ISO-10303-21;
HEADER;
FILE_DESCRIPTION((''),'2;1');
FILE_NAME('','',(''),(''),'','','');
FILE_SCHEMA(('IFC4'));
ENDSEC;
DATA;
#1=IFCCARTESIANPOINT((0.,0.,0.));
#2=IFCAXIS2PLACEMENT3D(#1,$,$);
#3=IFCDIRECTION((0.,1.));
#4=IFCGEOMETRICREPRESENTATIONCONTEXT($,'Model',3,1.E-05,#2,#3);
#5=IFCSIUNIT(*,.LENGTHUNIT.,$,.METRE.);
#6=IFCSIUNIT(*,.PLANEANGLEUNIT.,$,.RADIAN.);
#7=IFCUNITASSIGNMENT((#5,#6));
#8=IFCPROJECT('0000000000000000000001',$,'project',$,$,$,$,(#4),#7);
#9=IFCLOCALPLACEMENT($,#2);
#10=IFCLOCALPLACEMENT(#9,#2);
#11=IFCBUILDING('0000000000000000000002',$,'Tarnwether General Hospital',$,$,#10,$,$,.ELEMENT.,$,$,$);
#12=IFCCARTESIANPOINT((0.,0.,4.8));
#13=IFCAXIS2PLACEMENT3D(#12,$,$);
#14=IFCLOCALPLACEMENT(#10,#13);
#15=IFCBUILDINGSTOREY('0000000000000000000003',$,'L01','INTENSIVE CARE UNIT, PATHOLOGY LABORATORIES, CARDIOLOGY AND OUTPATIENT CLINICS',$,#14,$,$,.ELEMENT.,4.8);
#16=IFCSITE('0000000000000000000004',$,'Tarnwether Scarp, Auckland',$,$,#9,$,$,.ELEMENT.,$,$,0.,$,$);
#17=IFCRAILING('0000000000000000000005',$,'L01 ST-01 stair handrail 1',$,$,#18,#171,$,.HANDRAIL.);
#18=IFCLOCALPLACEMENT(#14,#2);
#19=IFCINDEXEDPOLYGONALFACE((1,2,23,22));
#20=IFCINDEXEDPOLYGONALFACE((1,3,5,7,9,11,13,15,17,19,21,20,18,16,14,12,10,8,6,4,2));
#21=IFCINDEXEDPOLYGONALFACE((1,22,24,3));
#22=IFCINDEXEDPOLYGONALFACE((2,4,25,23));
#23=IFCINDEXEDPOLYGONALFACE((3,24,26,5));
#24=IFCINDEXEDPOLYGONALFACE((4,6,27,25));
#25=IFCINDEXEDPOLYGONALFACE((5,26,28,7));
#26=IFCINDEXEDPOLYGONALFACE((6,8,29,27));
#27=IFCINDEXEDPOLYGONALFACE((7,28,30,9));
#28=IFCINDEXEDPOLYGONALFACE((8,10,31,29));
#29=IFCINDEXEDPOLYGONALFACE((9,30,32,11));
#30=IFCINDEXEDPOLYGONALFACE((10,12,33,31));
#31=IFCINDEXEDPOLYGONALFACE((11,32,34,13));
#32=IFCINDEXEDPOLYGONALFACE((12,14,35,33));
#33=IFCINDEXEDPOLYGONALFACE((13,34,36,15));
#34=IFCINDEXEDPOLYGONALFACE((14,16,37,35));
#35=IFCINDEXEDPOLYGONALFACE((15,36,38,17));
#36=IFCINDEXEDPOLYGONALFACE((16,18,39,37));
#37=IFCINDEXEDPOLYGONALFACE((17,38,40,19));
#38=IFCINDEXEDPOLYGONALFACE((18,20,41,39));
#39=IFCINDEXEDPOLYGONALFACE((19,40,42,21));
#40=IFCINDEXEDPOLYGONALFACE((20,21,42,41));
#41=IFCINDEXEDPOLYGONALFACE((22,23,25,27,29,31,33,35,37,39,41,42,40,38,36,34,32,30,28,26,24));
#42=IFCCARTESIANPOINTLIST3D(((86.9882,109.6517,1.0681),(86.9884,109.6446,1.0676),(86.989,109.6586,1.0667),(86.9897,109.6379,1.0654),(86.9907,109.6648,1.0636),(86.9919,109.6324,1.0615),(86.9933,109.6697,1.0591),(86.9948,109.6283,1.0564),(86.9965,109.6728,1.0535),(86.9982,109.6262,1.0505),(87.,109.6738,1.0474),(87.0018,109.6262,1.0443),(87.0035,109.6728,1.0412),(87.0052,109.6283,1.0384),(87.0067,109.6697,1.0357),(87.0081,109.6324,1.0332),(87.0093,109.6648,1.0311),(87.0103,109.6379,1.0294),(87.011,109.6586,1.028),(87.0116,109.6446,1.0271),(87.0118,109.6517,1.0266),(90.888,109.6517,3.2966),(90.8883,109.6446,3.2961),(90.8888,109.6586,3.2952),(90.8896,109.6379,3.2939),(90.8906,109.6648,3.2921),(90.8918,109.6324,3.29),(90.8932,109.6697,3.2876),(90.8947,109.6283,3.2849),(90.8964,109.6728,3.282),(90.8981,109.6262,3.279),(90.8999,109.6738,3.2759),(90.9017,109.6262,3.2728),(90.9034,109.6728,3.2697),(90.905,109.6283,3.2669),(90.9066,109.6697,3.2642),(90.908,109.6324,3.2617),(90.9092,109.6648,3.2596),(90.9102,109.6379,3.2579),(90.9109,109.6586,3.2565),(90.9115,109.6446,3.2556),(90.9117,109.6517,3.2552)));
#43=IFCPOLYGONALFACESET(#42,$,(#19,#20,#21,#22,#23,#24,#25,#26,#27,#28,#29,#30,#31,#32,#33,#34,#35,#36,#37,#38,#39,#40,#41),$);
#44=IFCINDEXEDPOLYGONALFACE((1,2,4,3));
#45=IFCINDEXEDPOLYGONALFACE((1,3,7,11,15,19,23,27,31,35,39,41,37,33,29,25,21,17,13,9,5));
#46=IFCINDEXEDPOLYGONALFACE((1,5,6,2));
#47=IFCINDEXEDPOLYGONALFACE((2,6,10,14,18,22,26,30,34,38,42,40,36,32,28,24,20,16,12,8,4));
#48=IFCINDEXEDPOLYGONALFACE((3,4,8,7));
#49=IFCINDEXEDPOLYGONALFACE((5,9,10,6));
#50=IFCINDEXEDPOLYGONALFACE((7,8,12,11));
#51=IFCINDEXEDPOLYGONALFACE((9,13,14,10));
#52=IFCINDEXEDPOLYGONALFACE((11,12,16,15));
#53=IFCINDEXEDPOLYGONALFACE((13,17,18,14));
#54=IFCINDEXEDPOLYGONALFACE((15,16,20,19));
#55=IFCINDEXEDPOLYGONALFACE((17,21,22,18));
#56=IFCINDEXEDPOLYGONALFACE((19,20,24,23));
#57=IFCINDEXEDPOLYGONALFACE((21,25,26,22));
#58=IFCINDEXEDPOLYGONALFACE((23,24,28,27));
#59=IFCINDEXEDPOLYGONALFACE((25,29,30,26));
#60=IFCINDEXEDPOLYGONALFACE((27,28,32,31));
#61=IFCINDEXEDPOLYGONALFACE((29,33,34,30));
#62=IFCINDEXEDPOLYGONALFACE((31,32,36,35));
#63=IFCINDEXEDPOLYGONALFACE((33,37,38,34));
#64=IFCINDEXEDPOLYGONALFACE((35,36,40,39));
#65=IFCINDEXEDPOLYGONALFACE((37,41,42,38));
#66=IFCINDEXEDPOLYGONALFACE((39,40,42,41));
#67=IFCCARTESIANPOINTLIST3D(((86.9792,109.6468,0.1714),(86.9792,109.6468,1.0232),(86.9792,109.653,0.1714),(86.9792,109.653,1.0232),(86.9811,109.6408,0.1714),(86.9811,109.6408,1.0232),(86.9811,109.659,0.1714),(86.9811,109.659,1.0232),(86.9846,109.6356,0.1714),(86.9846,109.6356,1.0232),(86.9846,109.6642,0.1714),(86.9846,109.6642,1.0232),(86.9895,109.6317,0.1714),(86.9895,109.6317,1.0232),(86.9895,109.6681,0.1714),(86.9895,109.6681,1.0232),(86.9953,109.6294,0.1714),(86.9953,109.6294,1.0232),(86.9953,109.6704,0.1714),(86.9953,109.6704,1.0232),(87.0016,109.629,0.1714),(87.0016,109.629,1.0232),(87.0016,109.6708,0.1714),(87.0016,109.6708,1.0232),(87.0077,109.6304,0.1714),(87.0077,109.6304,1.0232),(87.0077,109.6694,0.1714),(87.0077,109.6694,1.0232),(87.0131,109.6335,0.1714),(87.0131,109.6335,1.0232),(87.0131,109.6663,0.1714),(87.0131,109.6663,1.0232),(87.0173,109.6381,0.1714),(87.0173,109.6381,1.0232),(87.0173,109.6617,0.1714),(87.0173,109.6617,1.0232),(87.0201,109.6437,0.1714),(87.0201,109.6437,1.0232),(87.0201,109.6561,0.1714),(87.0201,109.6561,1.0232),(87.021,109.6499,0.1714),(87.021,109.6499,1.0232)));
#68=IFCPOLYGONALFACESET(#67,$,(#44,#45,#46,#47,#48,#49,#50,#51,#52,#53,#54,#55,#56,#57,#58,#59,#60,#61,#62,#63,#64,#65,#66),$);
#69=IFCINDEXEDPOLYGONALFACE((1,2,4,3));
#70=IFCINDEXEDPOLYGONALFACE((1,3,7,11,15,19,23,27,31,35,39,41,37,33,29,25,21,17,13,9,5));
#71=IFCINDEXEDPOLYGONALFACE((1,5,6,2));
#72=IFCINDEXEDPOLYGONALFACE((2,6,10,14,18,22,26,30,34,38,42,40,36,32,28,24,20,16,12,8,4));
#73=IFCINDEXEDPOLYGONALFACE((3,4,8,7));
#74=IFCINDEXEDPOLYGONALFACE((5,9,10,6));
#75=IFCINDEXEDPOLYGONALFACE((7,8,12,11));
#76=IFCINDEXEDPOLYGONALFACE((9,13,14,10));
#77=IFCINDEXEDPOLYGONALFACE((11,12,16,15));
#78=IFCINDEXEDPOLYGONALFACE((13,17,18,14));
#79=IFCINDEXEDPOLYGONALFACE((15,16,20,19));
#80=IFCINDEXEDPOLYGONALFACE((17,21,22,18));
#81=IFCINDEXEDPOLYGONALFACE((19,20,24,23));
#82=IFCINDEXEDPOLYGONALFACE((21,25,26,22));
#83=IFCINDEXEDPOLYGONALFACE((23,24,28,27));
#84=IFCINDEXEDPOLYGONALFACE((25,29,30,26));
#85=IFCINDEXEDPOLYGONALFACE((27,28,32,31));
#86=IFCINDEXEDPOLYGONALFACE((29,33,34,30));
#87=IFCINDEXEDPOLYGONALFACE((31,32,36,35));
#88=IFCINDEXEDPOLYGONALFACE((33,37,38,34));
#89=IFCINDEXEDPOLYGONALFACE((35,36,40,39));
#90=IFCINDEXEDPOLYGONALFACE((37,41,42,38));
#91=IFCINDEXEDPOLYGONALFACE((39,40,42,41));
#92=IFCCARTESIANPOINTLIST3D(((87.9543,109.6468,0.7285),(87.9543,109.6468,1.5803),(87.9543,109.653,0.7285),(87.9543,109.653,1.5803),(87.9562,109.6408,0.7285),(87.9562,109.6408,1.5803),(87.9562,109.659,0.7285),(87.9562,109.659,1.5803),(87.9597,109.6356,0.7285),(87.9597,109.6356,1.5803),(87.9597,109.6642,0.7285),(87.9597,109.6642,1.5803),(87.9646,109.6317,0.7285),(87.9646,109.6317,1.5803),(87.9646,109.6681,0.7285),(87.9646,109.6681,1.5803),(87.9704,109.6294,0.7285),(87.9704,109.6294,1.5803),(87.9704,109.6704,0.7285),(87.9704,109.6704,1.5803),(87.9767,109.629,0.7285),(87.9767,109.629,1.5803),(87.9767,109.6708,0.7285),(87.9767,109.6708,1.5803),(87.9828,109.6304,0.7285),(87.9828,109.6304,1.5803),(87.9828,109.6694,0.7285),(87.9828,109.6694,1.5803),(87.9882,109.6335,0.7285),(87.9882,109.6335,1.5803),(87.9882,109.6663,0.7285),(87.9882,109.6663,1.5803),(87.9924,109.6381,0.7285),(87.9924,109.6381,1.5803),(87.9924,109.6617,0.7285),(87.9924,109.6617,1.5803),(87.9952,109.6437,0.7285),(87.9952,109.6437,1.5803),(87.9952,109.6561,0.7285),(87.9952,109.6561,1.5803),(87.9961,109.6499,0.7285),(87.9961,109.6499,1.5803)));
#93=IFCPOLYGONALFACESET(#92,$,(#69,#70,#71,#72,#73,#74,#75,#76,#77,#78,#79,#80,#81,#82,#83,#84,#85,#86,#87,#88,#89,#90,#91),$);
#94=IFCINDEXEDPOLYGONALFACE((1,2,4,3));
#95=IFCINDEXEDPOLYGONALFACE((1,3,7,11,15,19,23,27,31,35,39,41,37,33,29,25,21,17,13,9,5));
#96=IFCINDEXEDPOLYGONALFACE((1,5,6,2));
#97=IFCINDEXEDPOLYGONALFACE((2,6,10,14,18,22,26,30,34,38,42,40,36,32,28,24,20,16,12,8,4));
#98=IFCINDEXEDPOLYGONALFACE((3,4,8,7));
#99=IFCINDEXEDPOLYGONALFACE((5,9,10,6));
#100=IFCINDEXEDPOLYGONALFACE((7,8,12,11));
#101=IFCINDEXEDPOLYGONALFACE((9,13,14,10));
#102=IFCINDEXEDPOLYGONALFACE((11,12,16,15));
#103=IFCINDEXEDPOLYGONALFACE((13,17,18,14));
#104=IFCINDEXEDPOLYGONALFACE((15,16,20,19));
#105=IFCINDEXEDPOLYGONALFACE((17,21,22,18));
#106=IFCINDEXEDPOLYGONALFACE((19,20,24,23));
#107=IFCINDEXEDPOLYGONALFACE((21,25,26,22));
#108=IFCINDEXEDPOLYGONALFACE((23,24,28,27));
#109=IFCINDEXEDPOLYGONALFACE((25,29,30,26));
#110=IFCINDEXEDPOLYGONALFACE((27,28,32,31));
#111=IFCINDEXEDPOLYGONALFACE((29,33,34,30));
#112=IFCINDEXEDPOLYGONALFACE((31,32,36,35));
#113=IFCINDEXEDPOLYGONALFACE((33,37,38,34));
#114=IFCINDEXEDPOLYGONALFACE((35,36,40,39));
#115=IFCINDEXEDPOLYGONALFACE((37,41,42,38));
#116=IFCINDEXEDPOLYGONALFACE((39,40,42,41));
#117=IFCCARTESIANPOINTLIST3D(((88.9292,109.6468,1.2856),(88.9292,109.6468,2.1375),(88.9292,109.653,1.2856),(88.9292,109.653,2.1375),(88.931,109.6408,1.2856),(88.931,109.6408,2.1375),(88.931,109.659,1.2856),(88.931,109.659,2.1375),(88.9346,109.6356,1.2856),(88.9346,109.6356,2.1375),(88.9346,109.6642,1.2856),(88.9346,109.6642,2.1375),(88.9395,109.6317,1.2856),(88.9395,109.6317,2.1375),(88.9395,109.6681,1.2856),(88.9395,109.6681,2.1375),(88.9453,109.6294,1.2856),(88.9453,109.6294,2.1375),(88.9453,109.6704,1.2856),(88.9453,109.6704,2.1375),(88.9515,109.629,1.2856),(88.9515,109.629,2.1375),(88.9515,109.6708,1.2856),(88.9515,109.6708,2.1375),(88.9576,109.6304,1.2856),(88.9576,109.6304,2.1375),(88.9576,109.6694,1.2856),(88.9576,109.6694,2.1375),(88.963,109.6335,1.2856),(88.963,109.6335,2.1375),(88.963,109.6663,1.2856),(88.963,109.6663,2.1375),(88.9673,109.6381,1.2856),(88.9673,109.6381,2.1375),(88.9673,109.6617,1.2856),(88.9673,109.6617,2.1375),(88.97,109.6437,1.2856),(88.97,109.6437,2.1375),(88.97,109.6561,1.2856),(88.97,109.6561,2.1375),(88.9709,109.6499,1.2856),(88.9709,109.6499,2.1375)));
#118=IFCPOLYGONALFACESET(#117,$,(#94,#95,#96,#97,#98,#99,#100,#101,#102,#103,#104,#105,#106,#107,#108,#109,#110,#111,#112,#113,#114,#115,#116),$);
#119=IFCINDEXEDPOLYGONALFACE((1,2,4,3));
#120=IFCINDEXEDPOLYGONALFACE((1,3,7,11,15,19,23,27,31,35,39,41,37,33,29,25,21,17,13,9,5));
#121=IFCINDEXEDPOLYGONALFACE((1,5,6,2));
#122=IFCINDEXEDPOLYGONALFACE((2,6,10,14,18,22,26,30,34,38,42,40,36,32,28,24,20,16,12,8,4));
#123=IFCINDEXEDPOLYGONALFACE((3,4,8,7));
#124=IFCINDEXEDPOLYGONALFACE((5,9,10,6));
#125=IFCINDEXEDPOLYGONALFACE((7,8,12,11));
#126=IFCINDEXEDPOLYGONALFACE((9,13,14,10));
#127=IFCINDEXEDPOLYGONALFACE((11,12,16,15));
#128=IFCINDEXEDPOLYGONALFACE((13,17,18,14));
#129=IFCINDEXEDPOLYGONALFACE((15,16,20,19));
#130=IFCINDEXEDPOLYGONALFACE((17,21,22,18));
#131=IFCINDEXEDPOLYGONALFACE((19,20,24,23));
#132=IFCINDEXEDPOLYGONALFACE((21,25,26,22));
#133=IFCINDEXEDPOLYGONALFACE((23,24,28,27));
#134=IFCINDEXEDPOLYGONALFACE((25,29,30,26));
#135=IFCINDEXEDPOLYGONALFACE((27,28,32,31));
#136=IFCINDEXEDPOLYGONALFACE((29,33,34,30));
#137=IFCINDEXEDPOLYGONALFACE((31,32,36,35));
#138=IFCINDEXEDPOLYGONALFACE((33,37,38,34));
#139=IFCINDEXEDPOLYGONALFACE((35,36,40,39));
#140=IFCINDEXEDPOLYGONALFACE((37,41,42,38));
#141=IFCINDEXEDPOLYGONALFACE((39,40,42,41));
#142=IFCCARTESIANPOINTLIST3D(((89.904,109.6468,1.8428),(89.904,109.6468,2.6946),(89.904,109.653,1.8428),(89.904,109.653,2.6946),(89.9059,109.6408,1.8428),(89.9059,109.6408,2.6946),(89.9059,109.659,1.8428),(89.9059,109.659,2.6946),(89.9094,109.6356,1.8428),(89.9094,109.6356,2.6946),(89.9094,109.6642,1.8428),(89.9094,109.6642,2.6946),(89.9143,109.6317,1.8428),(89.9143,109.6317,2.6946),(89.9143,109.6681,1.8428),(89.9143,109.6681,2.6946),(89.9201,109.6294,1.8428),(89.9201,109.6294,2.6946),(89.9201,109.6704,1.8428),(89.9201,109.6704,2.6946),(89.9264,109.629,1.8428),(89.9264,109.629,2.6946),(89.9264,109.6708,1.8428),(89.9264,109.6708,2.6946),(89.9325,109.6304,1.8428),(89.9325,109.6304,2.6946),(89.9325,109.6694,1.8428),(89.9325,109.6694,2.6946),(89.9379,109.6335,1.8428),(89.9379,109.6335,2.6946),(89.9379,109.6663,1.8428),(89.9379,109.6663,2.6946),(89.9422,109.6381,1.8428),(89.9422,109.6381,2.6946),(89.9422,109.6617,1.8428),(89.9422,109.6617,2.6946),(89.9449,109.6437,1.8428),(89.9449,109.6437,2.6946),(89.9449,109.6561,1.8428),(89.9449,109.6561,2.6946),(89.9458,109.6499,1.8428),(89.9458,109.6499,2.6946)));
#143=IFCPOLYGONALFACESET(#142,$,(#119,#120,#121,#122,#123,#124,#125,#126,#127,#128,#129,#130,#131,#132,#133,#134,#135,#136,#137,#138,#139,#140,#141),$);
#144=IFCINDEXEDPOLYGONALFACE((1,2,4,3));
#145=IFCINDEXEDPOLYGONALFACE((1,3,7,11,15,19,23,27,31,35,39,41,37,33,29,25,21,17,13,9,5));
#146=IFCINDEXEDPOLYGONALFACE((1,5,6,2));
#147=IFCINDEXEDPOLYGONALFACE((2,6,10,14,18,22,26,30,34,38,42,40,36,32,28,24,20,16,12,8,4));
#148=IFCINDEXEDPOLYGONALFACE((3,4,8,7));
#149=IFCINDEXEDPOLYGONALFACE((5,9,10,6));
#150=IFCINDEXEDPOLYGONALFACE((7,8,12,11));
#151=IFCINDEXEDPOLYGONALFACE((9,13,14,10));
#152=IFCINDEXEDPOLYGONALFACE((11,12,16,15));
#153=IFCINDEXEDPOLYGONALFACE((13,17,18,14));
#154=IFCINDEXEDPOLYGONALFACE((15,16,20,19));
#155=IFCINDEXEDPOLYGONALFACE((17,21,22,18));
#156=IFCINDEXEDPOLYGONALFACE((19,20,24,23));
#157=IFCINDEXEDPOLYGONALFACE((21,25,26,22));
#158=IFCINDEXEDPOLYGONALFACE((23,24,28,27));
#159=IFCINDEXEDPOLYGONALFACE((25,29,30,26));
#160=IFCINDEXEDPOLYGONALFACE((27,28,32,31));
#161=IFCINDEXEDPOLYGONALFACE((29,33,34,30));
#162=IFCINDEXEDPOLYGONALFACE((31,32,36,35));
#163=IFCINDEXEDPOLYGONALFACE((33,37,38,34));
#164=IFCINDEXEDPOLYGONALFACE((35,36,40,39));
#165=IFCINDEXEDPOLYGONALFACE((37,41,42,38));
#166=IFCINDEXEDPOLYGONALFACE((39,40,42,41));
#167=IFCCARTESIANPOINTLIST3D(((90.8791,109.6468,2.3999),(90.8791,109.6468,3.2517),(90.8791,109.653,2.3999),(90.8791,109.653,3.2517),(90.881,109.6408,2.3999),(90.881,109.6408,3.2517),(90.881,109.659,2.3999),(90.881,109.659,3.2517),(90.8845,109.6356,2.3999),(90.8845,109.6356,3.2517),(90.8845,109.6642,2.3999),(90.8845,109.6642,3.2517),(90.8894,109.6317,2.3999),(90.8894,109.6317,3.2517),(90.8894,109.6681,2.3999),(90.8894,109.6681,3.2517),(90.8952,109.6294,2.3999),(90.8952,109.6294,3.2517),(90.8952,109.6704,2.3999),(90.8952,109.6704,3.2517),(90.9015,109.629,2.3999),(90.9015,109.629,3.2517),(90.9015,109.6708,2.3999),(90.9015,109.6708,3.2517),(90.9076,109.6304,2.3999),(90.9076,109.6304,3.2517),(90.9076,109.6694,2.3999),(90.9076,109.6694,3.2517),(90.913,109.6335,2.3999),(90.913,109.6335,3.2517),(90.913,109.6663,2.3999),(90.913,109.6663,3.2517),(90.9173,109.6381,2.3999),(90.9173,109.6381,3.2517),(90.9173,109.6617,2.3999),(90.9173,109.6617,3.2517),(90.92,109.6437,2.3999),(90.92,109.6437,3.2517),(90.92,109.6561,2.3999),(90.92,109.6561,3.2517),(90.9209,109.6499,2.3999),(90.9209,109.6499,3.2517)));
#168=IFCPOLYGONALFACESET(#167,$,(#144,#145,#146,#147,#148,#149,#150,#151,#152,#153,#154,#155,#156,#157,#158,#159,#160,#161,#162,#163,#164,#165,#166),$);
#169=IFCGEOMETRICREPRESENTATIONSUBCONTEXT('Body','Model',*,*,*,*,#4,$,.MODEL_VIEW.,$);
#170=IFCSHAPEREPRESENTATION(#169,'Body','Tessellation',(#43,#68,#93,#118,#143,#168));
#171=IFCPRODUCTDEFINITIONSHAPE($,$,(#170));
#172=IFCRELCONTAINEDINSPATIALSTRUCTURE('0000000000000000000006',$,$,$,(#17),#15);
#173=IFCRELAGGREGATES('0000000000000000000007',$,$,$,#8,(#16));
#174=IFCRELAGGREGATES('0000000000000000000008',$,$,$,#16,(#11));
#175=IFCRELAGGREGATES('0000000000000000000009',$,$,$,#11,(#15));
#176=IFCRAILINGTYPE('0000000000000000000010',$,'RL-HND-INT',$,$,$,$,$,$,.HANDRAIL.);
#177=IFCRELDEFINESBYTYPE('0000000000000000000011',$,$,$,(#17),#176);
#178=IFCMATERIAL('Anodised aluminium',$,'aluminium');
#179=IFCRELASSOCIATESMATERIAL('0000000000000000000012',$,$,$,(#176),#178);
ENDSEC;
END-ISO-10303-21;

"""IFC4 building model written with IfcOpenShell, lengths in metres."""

from ifc_helpers import new_model, si_unit, direction, frame, origin, origin_2d, place, context, subcontext, project, spatial, circle, extrude, material, type_object, element, save


model = new_model("IFC4")

# Units and contexts
model_context = context("Model", 3, precision=1e-05, world=origin(), true_north=direction((0.0, 1.0)))
body_context = subcontext(model_context, "Body", "Model", "MODEL_VIEW")
ifc_project = project(units=[si_unit("LENGTHUNIT", "METRE"), si_unit("PLANEANGLEUNIT", "RADIAN")], contexts=[model_context])

# Site, building, storey
site_placement = place(None, origin())
site = spatial("IfcSite", under=ifc_project, at=site_placement, Name="Tarnwether Scarp, Auckland", CompositionType="ELEMENT", RefElevation=0.0)
building_placement = place(site_placement, origin())
building = spatial("IfcBuilding", under=site, at=building_placement, Name="Tarnwether General Hospital", CompositionType="ELEMENT")
storey_placement = place(building_placement, frame((0.0, 0.0, 4.8)))
storey = spatial("IfcBuildingStorey", under=building, at=storey_placement, Name="L01", Description="INTENSIVE CARE UNIT, PATHOLOGY LABORATORIES, CARDIOLOGY AND OUTPATIENT CLINICS", CompositionType="ELEMENT", Elevation=4.8)

# Railing
ifc_material_1 = material(Name="Anodised aluminium", Category="aluminium")
railing_type_1 = type_object("IfcRailingType", Name="RL-HND-INT", PredefinedType="HANDRAIL", material=ifc_material_1)
railing_1_placement = place(storey_placement, frame((87.0, 109.6499, 0.1714)))
element("IfcRailing", 1, at=railing_1_placement, inside=storey, type_object=railing_type_1, Name="L01 ST-01 stair handrail 1", PredefinedType="HANDRAIL", context=body_context, shape_type="SweptSolid", body=[
    extrude(circle(Radius=0.0239, at=origin_2d()), frame((0.0, 0.0, 0.876), z_axis=(0.868243, 0.0, 0.496139), x_axis=(0.0, 1.0, 0.0)), (0.0, 0.0, 1.0), 4.4917),
    extrude(circle(Radius=0.021, at=origin_2d()), origin(), (0.0, 0.0, 1.0), 0.8518),
    extrude(circle(Radius=0.021, at=origin_2d()), frame((0.9751, 0.0, 0.5571)), (0.0, 0.0, 1.0), 0.8518),
    extrude(circle(Radius=0.021, at=origin_2d()), frame((1.95, 0.0, 1.1143)), (0.0, 0.0, 1.0), 0.8518),
    extrude(circle(Radius=0.021, at=origin_2d()), frame((2.9248, 0.0, 1.6714)), (0.0, 0.0, 1.0), 0.8518),
    extrude(circle(Radius=0.021, at=origin_2d()), frame((3.8999, 0.0, 2.2285)), (0.0, 0.0, 1.0), 0.8518),
])

save(model, "model.ifc")
